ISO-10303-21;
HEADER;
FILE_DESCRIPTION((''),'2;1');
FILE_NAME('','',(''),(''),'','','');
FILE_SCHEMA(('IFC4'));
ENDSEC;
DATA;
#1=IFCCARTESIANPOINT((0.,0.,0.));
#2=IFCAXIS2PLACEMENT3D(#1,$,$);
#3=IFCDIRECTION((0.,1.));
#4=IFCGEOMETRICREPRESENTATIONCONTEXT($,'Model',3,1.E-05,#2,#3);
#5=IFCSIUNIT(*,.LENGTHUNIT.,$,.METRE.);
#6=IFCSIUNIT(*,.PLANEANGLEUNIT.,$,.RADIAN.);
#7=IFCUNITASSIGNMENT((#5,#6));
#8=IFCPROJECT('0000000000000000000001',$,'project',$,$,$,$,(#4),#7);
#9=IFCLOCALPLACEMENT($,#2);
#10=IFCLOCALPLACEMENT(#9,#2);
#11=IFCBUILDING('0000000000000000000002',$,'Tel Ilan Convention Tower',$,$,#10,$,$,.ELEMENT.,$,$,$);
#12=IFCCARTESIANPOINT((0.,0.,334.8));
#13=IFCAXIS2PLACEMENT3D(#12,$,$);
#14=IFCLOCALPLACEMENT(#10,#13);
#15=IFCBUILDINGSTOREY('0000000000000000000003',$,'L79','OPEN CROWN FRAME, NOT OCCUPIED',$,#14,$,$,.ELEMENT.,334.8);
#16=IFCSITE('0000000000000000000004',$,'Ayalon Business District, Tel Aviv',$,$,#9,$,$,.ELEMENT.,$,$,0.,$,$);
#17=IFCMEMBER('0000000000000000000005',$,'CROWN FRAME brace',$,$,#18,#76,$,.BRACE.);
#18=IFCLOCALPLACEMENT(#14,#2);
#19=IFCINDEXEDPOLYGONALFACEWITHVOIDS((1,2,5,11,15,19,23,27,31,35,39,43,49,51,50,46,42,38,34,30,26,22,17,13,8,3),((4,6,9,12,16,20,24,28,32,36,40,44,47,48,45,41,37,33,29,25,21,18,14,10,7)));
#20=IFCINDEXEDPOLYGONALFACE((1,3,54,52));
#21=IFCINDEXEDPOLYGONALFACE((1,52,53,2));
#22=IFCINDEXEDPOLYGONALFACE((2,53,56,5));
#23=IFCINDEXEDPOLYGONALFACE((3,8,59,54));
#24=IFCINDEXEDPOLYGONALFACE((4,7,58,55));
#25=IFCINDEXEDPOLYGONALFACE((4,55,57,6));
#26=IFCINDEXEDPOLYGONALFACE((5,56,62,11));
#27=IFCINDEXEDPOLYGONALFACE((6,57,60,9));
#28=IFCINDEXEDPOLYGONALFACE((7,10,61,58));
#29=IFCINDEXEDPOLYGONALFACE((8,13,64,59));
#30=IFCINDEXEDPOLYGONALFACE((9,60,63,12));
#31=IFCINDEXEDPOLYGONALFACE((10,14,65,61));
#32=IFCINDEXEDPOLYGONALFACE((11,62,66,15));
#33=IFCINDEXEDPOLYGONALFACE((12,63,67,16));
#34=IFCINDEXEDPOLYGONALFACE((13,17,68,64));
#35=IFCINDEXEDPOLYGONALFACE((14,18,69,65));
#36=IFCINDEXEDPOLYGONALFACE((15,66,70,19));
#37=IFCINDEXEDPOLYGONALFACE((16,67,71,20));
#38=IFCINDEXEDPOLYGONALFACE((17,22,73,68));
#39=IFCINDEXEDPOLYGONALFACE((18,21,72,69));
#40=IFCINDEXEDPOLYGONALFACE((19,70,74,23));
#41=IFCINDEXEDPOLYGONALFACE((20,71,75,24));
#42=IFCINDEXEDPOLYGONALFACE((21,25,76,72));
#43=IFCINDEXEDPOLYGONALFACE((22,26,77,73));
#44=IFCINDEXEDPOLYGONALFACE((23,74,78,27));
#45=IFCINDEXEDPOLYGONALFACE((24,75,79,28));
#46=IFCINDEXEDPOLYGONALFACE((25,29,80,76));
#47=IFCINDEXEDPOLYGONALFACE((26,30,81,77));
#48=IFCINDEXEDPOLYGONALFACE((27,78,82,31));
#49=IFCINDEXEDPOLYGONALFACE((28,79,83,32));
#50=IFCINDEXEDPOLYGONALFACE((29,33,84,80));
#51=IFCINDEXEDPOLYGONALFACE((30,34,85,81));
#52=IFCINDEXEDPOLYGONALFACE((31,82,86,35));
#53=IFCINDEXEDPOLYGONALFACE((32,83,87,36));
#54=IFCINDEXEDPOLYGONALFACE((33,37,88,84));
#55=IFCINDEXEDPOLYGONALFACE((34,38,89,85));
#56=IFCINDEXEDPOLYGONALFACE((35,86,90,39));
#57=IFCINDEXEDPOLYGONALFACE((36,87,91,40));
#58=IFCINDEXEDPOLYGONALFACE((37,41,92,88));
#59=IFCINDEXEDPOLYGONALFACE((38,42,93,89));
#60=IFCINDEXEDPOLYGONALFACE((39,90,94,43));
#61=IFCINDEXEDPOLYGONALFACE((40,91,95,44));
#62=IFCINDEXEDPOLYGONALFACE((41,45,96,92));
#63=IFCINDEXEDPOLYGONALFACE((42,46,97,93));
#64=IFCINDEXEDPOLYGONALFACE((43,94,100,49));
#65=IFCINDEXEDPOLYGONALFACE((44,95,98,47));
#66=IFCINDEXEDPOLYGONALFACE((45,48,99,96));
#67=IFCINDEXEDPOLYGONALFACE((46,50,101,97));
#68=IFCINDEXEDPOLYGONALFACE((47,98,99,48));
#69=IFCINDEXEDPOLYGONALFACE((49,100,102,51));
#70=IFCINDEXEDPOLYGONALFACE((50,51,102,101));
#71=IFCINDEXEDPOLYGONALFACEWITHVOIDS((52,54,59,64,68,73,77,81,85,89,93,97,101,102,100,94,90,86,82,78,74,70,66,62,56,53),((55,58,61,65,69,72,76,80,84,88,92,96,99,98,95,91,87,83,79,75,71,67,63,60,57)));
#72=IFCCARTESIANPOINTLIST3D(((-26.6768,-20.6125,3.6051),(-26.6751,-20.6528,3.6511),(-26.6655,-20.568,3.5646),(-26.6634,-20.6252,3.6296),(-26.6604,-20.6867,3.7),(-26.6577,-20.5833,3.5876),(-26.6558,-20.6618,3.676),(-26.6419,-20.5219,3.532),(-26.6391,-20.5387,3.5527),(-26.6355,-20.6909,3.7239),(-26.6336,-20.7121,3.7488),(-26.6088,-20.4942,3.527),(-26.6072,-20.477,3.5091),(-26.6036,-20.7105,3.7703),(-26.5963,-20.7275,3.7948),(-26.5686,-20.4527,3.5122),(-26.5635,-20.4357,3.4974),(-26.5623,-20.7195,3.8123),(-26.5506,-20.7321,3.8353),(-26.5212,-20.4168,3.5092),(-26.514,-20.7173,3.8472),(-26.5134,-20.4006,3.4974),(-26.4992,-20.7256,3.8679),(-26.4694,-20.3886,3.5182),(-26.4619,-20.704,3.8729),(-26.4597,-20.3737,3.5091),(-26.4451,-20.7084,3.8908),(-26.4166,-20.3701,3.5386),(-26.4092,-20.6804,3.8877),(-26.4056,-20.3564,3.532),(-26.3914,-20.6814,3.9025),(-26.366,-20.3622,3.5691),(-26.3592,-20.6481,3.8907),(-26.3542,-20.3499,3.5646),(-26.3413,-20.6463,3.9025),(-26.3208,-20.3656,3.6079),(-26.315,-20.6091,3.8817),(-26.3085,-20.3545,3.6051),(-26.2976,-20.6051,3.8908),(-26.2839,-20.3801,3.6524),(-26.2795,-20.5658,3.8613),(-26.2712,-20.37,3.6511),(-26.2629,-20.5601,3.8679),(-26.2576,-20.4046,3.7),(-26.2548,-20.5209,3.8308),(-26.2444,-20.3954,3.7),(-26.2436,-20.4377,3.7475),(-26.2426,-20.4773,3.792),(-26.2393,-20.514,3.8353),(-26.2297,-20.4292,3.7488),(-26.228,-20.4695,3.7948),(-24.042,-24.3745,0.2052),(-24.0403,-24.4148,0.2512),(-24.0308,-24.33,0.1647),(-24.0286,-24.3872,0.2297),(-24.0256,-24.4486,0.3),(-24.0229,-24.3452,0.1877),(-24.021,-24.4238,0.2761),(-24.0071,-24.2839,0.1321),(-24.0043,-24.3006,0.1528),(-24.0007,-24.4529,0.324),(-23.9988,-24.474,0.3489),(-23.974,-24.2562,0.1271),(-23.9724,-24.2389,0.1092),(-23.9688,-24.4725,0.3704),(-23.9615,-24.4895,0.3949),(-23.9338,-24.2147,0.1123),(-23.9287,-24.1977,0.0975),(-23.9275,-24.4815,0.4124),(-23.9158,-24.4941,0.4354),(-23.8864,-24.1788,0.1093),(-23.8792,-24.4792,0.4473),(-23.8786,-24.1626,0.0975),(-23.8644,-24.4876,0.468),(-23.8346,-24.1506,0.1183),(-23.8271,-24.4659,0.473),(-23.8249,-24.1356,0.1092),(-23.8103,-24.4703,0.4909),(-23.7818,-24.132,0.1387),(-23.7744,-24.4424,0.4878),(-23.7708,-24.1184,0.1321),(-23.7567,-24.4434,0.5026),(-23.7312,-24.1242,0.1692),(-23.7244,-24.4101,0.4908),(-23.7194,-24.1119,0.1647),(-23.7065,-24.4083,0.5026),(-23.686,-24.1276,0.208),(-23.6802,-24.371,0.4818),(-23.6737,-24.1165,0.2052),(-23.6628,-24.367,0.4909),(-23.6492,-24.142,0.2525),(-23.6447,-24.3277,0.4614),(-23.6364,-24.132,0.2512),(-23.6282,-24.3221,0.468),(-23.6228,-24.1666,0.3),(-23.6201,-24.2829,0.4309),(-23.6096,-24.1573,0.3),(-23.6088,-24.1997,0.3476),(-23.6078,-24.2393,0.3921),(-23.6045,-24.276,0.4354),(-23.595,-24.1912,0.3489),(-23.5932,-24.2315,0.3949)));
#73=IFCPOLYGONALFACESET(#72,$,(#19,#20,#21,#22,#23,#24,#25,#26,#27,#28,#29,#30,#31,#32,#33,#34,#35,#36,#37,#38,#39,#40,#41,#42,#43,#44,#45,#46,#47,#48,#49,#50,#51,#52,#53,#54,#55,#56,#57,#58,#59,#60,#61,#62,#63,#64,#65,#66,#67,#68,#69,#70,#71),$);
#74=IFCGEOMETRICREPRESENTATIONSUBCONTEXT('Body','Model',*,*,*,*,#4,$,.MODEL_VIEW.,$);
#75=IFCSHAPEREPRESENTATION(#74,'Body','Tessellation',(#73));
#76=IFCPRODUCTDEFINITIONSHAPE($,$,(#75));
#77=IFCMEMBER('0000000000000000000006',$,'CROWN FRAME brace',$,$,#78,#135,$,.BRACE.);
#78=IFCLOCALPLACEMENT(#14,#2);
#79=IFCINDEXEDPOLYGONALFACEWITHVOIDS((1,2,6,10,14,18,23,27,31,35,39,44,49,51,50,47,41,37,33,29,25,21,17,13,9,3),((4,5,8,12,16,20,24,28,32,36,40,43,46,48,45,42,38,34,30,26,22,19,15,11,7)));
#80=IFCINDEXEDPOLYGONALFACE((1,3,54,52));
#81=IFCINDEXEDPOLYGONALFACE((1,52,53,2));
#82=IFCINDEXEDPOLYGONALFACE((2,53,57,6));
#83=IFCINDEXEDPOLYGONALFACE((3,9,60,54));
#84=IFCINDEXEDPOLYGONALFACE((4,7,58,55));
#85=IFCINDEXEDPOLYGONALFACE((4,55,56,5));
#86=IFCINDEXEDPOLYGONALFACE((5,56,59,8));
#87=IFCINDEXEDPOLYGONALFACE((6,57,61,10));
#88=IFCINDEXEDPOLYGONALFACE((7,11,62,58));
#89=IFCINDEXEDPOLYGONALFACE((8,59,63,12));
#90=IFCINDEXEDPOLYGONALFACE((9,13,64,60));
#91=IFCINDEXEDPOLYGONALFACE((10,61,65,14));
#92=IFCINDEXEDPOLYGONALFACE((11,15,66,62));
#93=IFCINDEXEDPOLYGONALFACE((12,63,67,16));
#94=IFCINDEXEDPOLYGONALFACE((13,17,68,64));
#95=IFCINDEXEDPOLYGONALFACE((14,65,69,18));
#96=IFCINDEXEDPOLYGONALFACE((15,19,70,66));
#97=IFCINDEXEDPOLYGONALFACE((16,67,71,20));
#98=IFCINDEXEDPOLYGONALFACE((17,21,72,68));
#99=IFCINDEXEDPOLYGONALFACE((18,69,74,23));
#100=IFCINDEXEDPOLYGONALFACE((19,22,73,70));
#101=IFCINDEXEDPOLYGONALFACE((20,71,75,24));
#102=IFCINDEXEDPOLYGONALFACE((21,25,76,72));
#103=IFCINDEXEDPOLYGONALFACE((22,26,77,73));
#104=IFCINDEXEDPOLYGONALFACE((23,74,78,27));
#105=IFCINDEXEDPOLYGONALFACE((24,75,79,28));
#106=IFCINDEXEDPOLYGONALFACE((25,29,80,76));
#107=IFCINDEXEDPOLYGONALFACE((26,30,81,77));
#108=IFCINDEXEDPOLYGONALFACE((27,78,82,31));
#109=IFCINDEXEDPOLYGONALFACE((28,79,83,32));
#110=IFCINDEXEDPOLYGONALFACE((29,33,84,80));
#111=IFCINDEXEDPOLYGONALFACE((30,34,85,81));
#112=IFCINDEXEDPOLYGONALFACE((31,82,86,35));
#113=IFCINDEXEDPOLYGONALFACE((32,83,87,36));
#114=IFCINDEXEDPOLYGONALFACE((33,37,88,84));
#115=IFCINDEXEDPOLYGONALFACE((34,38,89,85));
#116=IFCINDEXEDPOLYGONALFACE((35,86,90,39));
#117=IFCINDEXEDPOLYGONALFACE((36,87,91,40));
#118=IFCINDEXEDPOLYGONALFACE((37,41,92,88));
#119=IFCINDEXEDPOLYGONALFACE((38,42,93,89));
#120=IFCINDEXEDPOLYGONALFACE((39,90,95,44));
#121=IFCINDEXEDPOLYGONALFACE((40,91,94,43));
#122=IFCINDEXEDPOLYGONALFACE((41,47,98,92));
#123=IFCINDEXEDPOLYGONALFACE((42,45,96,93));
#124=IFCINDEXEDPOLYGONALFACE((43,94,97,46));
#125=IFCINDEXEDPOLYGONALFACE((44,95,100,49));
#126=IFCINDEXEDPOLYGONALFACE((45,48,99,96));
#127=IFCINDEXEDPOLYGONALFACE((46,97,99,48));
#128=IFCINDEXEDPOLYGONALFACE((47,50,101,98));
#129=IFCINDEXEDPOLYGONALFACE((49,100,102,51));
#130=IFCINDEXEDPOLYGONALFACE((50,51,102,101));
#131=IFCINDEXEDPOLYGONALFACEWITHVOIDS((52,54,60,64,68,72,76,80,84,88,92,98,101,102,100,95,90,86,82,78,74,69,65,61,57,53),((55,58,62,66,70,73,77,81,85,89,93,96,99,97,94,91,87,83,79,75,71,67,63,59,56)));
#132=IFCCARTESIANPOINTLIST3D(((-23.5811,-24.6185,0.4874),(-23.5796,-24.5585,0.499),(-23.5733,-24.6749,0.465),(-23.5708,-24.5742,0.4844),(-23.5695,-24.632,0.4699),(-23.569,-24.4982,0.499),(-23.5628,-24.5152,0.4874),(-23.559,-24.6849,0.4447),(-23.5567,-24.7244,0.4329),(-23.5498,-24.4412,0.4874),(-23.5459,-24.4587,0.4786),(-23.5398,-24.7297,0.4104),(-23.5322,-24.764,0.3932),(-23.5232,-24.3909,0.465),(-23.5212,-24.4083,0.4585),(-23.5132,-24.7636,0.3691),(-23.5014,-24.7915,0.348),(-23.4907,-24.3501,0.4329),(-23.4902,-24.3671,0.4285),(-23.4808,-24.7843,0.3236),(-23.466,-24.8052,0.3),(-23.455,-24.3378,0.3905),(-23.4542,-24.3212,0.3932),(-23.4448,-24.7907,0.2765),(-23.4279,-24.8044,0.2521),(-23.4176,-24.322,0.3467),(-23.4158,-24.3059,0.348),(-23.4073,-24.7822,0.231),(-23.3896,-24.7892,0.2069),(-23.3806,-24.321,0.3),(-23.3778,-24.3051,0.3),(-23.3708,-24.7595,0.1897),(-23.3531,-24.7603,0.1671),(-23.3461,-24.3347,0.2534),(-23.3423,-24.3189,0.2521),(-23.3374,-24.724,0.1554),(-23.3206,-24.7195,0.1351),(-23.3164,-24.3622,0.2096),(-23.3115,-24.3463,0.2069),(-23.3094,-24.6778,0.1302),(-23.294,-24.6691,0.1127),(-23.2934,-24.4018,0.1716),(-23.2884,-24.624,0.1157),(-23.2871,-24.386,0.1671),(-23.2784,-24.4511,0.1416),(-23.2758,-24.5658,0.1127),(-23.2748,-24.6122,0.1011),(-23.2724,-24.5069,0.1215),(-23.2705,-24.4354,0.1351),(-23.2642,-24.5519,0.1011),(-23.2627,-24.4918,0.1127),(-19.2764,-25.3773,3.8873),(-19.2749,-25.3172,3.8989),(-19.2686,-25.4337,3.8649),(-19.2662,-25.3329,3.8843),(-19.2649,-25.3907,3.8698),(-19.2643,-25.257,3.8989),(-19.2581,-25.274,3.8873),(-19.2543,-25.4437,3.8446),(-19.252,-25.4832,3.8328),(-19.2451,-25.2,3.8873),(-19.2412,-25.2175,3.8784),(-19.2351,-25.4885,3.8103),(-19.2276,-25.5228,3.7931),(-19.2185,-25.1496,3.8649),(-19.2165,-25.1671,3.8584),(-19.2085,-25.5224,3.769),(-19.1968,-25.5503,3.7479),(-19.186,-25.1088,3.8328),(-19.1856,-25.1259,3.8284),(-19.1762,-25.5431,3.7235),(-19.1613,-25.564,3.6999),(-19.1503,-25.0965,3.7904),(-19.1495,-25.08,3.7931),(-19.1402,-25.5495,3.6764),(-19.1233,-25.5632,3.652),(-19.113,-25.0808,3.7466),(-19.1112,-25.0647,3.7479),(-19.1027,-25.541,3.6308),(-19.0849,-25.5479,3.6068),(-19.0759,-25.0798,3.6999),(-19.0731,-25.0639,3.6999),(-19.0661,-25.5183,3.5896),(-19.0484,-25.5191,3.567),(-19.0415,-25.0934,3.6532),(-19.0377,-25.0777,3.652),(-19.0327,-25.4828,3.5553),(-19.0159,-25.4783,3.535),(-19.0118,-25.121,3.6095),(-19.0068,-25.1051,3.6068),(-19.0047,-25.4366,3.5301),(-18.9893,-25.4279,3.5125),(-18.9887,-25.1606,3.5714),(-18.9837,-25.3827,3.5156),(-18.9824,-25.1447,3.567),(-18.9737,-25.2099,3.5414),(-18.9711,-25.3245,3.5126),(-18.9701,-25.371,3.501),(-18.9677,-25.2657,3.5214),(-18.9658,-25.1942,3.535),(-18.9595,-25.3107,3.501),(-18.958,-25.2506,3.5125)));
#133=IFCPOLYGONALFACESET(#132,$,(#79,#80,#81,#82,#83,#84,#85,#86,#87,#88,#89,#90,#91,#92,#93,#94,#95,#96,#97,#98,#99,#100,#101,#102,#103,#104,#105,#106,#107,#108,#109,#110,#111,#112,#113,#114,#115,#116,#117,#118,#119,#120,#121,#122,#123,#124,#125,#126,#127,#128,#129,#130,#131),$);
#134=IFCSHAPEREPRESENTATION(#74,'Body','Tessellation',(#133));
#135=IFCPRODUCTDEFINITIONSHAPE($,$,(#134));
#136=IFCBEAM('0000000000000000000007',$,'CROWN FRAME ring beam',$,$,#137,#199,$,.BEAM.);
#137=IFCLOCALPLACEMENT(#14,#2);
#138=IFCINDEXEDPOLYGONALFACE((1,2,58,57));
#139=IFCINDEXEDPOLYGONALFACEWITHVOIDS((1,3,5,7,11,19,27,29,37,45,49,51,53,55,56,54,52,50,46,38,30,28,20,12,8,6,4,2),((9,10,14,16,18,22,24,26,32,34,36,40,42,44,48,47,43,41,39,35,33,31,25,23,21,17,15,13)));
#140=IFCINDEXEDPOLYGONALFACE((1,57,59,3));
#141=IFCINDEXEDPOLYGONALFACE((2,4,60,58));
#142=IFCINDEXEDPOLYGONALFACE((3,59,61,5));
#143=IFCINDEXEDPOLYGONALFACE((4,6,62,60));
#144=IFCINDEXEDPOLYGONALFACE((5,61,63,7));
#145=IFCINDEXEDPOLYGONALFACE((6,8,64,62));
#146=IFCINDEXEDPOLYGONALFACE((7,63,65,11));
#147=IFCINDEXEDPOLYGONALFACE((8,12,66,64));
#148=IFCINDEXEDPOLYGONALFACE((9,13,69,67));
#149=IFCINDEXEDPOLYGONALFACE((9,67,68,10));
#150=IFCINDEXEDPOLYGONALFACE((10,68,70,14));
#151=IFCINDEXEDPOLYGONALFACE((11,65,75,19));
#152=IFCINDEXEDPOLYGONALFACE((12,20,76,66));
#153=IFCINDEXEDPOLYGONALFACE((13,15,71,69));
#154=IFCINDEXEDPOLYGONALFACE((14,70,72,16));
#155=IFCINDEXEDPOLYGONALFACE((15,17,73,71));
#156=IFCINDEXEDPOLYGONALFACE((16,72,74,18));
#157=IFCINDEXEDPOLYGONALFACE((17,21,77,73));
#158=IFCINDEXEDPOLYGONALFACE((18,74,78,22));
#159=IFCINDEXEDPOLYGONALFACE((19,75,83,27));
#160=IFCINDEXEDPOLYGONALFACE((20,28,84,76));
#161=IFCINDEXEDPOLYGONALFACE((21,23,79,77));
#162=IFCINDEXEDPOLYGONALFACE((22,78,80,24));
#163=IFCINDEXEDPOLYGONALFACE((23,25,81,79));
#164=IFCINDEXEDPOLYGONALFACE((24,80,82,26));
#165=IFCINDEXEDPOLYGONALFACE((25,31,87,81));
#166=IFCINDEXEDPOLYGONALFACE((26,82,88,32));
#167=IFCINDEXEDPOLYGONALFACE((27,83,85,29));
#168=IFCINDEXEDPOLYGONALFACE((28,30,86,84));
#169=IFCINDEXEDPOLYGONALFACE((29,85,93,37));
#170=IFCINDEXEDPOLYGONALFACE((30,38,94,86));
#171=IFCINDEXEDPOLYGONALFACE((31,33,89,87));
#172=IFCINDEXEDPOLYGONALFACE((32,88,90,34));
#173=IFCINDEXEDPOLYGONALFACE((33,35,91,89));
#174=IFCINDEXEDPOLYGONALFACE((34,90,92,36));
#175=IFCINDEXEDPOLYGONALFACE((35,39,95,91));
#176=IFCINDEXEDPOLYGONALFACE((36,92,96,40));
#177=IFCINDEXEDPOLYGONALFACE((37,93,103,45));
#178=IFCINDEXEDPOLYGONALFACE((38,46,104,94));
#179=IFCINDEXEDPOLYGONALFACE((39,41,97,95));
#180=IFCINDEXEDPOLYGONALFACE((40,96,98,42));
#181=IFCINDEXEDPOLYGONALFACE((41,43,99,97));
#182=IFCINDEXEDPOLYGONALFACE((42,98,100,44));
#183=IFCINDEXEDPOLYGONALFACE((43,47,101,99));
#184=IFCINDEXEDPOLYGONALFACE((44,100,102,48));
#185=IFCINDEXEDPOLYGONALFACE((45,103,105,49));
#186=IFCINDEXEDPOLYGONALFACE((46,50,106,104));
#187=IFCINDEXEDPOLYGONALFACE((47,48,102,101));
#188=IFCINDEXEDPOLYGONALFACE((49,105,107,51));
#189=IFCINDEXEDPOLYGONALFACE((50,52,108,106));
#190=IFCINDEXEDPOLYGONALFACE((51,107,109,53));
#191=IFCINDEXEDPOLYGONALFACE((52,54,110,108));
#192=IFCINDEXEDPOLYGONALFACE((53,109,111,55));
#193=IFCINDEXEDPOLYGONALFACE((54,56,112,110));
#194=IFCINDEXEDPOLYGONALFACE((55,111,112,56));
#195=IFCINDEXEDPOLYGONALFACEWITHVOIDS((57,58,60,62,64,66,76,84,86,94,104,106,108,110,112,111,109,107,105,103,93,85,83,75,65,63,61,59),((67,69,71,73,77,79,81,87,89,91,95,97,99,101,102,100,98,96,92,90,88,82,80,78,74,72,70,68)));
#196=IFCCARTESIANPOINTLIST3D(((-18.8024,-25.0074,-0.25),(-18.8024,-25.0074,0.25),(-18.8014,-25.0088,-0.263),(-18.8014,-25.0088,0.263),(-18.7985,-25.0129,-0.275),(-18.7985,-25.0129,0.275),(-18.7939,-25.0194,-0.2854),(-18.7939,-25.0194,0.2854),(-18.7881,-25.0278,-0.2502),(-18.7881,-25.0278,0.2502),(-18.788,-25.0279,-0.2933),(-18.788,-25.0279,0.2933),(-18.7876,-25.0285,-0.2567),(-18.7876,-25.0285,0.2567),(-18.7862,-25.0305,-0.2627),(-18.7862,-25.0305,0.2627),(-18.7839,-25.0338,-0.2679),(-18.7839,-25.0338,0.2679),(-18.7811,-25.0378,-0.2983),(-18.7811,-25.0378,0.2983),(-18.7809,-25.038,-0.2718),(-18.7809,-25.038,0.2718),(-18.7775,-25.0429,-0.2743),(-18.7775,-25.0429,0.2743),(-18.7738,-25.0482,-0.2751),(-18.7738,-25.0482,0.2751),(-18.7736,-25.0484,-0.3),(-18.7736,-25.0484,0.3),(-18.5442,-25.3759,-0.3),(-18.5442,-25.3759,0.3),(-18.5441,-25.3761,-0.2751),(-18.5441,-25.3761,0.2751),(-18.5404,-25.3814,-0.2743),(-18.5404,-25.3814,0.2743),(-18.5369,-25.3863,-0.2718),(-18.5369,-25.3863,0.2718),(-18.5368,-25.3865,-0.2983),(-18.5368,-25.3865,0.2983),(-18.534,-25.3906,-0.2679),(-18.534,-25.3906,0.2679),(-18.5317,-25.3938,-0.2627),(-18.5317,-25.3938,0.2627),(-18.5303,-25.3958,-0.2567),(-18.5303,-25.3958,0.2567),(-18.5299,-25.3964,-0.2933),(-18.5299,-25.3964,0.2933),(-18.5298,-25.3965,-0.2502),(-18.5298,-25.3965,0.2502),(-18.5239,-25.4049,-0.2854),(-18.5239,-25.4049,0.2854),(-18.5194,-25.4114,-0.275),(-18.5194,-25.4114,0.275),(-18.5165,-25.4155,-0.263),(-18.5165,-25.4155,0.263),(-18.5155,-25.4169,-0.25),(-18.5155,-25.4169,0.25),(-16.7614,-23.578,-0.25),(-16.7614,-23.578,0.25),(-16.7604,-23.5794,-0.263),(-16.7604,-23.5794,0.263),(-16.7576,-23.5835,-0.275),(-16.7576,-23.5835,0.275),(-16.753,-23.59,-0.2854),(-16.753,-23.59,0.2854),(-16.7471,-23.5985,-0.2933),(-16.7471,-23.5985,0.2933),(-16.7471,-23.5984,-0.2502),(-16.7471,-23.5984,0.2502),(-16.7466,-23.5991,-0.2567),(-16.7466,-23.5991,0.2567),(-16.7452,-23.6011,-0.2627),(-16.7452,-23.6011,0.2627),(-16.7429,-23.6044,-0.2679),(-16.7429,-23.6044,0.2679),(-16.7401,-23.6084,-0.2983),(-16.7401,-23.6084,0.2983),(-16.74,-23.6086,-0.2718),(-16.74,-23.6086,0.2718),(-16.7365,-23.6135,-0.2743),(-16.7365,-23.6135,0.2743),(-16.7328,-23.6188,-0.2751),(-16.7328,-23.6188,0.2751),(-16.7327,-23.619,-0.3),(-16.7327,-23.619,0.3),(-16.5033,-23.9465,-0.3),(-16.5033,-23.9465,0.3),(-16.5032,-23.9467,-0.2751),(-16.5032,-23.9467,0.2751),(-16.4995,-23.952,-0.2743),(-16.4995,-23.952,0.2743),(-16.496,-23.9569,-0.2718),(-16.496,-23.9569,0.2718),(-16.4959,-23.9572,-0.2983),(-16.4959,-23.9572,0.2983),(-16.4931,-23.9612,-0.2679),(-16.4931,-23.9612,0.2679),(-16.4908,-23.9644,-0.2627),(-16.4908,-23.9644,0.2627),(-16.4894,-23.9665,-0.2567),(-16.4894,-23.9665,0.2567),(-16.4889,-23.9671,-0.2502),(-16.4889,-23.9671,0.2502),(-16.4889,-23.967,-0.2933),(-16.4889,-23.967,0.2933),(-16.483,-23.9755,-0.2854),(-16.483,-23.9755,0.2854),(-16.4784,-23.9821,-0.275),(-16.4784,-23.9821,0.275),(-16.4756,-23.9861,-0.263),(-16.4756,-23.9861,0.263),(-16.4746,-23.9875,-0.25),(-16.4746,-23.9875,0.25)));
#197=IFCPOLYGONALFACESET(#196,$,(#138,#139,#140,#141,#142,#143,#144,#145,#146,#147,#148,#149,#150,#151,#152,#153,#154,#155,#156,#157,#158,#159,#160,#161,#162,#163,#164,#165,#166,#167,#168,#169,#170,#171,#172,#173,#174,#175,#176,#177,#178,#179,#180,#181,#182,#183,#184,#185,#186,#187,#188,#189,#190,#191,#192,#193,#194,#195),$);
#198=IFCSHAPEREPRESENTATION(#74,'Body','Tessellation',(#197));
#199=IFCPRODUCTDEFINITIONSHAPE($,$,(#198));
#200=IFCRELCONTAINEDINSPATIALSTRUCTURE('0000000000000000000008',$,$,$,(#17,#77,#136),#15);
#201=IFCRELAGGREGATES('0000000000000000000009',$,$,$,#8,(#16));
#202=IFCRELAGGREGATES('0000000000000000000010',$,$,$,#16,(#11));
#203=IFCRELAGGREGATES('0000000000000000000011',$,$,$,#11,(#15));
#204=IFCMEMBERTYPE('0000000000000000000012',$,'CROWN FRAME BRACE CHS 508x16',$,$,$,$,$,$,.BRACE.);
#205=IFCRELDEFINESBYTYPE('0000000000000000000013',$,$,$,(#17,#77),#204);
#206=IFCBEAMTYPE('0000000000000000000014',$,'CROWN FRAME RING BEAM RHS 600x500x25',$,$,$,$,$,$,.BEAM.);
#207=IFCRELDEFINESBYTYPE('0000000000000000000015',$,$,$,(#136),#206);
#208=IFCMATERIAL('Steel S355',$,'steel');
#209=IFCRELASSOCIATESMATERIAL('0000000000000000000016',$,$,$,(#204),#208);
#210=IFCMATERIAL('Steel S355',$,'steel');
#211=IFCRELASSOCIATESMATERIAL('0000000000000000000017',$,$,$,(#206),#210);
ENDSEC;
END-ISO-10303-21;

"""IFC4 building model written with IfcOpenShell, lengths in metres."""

from ifc_helpers import new_model, si_unit, direction, frame, origin, origin_2d, place, context, subcontext, project, spatial, hollow_rectangle, hollow_circle, extrude, material, material_profile, profile_set, type_object, element, save


model = new_model("IFC4")

# Units and contexts
model_context = context("Model", 3, precision=1e-05, world=origin(), true_north=direction((0.0, 1.0)))
body_context = subcontext(model_context, "Body", "Model", "MODEL_VIEW")
ifc_project = project(units=[si_unit("LENGTHUNIT", "METRE"), si_unit("PLANEANGLEUNIT", "RADIAN")], contexts=[model_context])

# Site, building, storey
site_placement = place(None, origin())
site = spatial("IfcSite", under=ifc_project, at=site_placement, Name="Ayalon Business District, Tel Aviv", CompositionType="ELEMENT", RefElevation=0.0)
building_placement = place(site_placement, origin())
building = spatial("IfcBuilding", under=site, at=building_placement, Name="Tel Ilan Convention Tower", CompositionType="ELEMENT")
storey_placement = place(building_placement, frame((0.0, 0.0, 334.8)))
storey = spatial("IfcBuildingStorey", under=building, at=storey_placement, Name="L79", Description="OPEN CROWN FRAME, NOT OCCUPIED", CompositionType="ELEMENT", Elevation=334.8)

# Members
ifc_material_1 = material(Name="Steel S355", Category="steel")
ifc_material_profile_1 = material_profile(ifc_material_1, hollow_circle(Radius=0.2539, WallThickness=0.0161, at=origin_2d()), Name="CHS 508x16")
ifc_profile_set_1 = profile_set([ifc_material_profile_1], Name="Steel S355")
member_type = type_object("IfcMemberType", Name="CROWN FRAME BRACE CHS 508x16", PredefinedType="BRACE", material=ifc_profile_set_1)
member_1_placement = place(storey_placement, frame((-26.4524, -20.541, 3.7), z_axis=(0.46108, -0.658337, -0.594977), x_axis=(0.81909, 0.573666, 0.0)))
element("IfcMember", 1, at=member_1_placement, inside=storey, type_object=member_type, Name="CROWN FRAME brace", PredefinedType="BRACE", context=body_context, shape_type="SweptSolid", body=[
    extrude(hollow_circle(Radius=0.2539, WallThickness=0.0161, at=origin_2d()), origin(), (0.0, 0.0, 1.0), 5.7144),
])
member_2_placement = place(storey_placement, frame((-23.4219, -24.5552, 0.3), z_axis=(0.777351, -0.137024, 0.613963), x_axis=(0.173594, 0.984817, 0.0)))
element("IfcMember", 2, at=member_2_placement, inside=storey, type_object=member_type, Name="CROWN FRAME brace", PredefinedType="BRACE", context=body_context, shape_type="SweptSolid", body=[
    extrude(hollow_circle(Radius=0.2539, WallThickness=0.0161, at=origin_2d()), origin(), (0.0, 0.0, 1.0), 5.5376),
])

# Beam
ifc_material_2 = material(Name="Steel S355", Category="steel")
ifc_material_profile_2 = material_profile(ifc_material_2, hollow_rectangle(XDim=0.5, YDim=0.6001, WallThickness=0.0249, InnerFilletRadius=0.0249, OuterFilletRadius=0.05, at=origin_2d()), Name="RHS 600x500x25")
ifc_profile_set_2 = profile_set([ifc_material_profile_2], Name="Steel S355")
beam_type = type_object("IfcBeamType", Name="CROWN FRAME RING BEAM RHS 600x500x25", PredefinedType="BEAM", material=ifc_profile_set_2)
beam_1_placement = place(storey_placement, frame((-18.6589, -25.2122, 0.0), z_axis=(0.819094, 0.57366, 0.0), x_axis=(-0.57366, 0.819094, 0.0)))
element("IfcBeam", 3, at=beam_1_placement, inside=storey, type_object=beam_type, Name="CROWN FRAME ring beam", PredefinedType="BEAM", context=body_context, shape_type="SweptSolid", body=[
    extrude(hollow_rectangle(XDim=0.5, YDim=0.6001, WallThickness=0.0249, InnerFilletRadius=0.0249, OuterFilletRadius=0.05, at=origin_2d()), origin(), (0.0, 0.0, 1.0), 2.4917),
])

save(model, "model.ifc")
